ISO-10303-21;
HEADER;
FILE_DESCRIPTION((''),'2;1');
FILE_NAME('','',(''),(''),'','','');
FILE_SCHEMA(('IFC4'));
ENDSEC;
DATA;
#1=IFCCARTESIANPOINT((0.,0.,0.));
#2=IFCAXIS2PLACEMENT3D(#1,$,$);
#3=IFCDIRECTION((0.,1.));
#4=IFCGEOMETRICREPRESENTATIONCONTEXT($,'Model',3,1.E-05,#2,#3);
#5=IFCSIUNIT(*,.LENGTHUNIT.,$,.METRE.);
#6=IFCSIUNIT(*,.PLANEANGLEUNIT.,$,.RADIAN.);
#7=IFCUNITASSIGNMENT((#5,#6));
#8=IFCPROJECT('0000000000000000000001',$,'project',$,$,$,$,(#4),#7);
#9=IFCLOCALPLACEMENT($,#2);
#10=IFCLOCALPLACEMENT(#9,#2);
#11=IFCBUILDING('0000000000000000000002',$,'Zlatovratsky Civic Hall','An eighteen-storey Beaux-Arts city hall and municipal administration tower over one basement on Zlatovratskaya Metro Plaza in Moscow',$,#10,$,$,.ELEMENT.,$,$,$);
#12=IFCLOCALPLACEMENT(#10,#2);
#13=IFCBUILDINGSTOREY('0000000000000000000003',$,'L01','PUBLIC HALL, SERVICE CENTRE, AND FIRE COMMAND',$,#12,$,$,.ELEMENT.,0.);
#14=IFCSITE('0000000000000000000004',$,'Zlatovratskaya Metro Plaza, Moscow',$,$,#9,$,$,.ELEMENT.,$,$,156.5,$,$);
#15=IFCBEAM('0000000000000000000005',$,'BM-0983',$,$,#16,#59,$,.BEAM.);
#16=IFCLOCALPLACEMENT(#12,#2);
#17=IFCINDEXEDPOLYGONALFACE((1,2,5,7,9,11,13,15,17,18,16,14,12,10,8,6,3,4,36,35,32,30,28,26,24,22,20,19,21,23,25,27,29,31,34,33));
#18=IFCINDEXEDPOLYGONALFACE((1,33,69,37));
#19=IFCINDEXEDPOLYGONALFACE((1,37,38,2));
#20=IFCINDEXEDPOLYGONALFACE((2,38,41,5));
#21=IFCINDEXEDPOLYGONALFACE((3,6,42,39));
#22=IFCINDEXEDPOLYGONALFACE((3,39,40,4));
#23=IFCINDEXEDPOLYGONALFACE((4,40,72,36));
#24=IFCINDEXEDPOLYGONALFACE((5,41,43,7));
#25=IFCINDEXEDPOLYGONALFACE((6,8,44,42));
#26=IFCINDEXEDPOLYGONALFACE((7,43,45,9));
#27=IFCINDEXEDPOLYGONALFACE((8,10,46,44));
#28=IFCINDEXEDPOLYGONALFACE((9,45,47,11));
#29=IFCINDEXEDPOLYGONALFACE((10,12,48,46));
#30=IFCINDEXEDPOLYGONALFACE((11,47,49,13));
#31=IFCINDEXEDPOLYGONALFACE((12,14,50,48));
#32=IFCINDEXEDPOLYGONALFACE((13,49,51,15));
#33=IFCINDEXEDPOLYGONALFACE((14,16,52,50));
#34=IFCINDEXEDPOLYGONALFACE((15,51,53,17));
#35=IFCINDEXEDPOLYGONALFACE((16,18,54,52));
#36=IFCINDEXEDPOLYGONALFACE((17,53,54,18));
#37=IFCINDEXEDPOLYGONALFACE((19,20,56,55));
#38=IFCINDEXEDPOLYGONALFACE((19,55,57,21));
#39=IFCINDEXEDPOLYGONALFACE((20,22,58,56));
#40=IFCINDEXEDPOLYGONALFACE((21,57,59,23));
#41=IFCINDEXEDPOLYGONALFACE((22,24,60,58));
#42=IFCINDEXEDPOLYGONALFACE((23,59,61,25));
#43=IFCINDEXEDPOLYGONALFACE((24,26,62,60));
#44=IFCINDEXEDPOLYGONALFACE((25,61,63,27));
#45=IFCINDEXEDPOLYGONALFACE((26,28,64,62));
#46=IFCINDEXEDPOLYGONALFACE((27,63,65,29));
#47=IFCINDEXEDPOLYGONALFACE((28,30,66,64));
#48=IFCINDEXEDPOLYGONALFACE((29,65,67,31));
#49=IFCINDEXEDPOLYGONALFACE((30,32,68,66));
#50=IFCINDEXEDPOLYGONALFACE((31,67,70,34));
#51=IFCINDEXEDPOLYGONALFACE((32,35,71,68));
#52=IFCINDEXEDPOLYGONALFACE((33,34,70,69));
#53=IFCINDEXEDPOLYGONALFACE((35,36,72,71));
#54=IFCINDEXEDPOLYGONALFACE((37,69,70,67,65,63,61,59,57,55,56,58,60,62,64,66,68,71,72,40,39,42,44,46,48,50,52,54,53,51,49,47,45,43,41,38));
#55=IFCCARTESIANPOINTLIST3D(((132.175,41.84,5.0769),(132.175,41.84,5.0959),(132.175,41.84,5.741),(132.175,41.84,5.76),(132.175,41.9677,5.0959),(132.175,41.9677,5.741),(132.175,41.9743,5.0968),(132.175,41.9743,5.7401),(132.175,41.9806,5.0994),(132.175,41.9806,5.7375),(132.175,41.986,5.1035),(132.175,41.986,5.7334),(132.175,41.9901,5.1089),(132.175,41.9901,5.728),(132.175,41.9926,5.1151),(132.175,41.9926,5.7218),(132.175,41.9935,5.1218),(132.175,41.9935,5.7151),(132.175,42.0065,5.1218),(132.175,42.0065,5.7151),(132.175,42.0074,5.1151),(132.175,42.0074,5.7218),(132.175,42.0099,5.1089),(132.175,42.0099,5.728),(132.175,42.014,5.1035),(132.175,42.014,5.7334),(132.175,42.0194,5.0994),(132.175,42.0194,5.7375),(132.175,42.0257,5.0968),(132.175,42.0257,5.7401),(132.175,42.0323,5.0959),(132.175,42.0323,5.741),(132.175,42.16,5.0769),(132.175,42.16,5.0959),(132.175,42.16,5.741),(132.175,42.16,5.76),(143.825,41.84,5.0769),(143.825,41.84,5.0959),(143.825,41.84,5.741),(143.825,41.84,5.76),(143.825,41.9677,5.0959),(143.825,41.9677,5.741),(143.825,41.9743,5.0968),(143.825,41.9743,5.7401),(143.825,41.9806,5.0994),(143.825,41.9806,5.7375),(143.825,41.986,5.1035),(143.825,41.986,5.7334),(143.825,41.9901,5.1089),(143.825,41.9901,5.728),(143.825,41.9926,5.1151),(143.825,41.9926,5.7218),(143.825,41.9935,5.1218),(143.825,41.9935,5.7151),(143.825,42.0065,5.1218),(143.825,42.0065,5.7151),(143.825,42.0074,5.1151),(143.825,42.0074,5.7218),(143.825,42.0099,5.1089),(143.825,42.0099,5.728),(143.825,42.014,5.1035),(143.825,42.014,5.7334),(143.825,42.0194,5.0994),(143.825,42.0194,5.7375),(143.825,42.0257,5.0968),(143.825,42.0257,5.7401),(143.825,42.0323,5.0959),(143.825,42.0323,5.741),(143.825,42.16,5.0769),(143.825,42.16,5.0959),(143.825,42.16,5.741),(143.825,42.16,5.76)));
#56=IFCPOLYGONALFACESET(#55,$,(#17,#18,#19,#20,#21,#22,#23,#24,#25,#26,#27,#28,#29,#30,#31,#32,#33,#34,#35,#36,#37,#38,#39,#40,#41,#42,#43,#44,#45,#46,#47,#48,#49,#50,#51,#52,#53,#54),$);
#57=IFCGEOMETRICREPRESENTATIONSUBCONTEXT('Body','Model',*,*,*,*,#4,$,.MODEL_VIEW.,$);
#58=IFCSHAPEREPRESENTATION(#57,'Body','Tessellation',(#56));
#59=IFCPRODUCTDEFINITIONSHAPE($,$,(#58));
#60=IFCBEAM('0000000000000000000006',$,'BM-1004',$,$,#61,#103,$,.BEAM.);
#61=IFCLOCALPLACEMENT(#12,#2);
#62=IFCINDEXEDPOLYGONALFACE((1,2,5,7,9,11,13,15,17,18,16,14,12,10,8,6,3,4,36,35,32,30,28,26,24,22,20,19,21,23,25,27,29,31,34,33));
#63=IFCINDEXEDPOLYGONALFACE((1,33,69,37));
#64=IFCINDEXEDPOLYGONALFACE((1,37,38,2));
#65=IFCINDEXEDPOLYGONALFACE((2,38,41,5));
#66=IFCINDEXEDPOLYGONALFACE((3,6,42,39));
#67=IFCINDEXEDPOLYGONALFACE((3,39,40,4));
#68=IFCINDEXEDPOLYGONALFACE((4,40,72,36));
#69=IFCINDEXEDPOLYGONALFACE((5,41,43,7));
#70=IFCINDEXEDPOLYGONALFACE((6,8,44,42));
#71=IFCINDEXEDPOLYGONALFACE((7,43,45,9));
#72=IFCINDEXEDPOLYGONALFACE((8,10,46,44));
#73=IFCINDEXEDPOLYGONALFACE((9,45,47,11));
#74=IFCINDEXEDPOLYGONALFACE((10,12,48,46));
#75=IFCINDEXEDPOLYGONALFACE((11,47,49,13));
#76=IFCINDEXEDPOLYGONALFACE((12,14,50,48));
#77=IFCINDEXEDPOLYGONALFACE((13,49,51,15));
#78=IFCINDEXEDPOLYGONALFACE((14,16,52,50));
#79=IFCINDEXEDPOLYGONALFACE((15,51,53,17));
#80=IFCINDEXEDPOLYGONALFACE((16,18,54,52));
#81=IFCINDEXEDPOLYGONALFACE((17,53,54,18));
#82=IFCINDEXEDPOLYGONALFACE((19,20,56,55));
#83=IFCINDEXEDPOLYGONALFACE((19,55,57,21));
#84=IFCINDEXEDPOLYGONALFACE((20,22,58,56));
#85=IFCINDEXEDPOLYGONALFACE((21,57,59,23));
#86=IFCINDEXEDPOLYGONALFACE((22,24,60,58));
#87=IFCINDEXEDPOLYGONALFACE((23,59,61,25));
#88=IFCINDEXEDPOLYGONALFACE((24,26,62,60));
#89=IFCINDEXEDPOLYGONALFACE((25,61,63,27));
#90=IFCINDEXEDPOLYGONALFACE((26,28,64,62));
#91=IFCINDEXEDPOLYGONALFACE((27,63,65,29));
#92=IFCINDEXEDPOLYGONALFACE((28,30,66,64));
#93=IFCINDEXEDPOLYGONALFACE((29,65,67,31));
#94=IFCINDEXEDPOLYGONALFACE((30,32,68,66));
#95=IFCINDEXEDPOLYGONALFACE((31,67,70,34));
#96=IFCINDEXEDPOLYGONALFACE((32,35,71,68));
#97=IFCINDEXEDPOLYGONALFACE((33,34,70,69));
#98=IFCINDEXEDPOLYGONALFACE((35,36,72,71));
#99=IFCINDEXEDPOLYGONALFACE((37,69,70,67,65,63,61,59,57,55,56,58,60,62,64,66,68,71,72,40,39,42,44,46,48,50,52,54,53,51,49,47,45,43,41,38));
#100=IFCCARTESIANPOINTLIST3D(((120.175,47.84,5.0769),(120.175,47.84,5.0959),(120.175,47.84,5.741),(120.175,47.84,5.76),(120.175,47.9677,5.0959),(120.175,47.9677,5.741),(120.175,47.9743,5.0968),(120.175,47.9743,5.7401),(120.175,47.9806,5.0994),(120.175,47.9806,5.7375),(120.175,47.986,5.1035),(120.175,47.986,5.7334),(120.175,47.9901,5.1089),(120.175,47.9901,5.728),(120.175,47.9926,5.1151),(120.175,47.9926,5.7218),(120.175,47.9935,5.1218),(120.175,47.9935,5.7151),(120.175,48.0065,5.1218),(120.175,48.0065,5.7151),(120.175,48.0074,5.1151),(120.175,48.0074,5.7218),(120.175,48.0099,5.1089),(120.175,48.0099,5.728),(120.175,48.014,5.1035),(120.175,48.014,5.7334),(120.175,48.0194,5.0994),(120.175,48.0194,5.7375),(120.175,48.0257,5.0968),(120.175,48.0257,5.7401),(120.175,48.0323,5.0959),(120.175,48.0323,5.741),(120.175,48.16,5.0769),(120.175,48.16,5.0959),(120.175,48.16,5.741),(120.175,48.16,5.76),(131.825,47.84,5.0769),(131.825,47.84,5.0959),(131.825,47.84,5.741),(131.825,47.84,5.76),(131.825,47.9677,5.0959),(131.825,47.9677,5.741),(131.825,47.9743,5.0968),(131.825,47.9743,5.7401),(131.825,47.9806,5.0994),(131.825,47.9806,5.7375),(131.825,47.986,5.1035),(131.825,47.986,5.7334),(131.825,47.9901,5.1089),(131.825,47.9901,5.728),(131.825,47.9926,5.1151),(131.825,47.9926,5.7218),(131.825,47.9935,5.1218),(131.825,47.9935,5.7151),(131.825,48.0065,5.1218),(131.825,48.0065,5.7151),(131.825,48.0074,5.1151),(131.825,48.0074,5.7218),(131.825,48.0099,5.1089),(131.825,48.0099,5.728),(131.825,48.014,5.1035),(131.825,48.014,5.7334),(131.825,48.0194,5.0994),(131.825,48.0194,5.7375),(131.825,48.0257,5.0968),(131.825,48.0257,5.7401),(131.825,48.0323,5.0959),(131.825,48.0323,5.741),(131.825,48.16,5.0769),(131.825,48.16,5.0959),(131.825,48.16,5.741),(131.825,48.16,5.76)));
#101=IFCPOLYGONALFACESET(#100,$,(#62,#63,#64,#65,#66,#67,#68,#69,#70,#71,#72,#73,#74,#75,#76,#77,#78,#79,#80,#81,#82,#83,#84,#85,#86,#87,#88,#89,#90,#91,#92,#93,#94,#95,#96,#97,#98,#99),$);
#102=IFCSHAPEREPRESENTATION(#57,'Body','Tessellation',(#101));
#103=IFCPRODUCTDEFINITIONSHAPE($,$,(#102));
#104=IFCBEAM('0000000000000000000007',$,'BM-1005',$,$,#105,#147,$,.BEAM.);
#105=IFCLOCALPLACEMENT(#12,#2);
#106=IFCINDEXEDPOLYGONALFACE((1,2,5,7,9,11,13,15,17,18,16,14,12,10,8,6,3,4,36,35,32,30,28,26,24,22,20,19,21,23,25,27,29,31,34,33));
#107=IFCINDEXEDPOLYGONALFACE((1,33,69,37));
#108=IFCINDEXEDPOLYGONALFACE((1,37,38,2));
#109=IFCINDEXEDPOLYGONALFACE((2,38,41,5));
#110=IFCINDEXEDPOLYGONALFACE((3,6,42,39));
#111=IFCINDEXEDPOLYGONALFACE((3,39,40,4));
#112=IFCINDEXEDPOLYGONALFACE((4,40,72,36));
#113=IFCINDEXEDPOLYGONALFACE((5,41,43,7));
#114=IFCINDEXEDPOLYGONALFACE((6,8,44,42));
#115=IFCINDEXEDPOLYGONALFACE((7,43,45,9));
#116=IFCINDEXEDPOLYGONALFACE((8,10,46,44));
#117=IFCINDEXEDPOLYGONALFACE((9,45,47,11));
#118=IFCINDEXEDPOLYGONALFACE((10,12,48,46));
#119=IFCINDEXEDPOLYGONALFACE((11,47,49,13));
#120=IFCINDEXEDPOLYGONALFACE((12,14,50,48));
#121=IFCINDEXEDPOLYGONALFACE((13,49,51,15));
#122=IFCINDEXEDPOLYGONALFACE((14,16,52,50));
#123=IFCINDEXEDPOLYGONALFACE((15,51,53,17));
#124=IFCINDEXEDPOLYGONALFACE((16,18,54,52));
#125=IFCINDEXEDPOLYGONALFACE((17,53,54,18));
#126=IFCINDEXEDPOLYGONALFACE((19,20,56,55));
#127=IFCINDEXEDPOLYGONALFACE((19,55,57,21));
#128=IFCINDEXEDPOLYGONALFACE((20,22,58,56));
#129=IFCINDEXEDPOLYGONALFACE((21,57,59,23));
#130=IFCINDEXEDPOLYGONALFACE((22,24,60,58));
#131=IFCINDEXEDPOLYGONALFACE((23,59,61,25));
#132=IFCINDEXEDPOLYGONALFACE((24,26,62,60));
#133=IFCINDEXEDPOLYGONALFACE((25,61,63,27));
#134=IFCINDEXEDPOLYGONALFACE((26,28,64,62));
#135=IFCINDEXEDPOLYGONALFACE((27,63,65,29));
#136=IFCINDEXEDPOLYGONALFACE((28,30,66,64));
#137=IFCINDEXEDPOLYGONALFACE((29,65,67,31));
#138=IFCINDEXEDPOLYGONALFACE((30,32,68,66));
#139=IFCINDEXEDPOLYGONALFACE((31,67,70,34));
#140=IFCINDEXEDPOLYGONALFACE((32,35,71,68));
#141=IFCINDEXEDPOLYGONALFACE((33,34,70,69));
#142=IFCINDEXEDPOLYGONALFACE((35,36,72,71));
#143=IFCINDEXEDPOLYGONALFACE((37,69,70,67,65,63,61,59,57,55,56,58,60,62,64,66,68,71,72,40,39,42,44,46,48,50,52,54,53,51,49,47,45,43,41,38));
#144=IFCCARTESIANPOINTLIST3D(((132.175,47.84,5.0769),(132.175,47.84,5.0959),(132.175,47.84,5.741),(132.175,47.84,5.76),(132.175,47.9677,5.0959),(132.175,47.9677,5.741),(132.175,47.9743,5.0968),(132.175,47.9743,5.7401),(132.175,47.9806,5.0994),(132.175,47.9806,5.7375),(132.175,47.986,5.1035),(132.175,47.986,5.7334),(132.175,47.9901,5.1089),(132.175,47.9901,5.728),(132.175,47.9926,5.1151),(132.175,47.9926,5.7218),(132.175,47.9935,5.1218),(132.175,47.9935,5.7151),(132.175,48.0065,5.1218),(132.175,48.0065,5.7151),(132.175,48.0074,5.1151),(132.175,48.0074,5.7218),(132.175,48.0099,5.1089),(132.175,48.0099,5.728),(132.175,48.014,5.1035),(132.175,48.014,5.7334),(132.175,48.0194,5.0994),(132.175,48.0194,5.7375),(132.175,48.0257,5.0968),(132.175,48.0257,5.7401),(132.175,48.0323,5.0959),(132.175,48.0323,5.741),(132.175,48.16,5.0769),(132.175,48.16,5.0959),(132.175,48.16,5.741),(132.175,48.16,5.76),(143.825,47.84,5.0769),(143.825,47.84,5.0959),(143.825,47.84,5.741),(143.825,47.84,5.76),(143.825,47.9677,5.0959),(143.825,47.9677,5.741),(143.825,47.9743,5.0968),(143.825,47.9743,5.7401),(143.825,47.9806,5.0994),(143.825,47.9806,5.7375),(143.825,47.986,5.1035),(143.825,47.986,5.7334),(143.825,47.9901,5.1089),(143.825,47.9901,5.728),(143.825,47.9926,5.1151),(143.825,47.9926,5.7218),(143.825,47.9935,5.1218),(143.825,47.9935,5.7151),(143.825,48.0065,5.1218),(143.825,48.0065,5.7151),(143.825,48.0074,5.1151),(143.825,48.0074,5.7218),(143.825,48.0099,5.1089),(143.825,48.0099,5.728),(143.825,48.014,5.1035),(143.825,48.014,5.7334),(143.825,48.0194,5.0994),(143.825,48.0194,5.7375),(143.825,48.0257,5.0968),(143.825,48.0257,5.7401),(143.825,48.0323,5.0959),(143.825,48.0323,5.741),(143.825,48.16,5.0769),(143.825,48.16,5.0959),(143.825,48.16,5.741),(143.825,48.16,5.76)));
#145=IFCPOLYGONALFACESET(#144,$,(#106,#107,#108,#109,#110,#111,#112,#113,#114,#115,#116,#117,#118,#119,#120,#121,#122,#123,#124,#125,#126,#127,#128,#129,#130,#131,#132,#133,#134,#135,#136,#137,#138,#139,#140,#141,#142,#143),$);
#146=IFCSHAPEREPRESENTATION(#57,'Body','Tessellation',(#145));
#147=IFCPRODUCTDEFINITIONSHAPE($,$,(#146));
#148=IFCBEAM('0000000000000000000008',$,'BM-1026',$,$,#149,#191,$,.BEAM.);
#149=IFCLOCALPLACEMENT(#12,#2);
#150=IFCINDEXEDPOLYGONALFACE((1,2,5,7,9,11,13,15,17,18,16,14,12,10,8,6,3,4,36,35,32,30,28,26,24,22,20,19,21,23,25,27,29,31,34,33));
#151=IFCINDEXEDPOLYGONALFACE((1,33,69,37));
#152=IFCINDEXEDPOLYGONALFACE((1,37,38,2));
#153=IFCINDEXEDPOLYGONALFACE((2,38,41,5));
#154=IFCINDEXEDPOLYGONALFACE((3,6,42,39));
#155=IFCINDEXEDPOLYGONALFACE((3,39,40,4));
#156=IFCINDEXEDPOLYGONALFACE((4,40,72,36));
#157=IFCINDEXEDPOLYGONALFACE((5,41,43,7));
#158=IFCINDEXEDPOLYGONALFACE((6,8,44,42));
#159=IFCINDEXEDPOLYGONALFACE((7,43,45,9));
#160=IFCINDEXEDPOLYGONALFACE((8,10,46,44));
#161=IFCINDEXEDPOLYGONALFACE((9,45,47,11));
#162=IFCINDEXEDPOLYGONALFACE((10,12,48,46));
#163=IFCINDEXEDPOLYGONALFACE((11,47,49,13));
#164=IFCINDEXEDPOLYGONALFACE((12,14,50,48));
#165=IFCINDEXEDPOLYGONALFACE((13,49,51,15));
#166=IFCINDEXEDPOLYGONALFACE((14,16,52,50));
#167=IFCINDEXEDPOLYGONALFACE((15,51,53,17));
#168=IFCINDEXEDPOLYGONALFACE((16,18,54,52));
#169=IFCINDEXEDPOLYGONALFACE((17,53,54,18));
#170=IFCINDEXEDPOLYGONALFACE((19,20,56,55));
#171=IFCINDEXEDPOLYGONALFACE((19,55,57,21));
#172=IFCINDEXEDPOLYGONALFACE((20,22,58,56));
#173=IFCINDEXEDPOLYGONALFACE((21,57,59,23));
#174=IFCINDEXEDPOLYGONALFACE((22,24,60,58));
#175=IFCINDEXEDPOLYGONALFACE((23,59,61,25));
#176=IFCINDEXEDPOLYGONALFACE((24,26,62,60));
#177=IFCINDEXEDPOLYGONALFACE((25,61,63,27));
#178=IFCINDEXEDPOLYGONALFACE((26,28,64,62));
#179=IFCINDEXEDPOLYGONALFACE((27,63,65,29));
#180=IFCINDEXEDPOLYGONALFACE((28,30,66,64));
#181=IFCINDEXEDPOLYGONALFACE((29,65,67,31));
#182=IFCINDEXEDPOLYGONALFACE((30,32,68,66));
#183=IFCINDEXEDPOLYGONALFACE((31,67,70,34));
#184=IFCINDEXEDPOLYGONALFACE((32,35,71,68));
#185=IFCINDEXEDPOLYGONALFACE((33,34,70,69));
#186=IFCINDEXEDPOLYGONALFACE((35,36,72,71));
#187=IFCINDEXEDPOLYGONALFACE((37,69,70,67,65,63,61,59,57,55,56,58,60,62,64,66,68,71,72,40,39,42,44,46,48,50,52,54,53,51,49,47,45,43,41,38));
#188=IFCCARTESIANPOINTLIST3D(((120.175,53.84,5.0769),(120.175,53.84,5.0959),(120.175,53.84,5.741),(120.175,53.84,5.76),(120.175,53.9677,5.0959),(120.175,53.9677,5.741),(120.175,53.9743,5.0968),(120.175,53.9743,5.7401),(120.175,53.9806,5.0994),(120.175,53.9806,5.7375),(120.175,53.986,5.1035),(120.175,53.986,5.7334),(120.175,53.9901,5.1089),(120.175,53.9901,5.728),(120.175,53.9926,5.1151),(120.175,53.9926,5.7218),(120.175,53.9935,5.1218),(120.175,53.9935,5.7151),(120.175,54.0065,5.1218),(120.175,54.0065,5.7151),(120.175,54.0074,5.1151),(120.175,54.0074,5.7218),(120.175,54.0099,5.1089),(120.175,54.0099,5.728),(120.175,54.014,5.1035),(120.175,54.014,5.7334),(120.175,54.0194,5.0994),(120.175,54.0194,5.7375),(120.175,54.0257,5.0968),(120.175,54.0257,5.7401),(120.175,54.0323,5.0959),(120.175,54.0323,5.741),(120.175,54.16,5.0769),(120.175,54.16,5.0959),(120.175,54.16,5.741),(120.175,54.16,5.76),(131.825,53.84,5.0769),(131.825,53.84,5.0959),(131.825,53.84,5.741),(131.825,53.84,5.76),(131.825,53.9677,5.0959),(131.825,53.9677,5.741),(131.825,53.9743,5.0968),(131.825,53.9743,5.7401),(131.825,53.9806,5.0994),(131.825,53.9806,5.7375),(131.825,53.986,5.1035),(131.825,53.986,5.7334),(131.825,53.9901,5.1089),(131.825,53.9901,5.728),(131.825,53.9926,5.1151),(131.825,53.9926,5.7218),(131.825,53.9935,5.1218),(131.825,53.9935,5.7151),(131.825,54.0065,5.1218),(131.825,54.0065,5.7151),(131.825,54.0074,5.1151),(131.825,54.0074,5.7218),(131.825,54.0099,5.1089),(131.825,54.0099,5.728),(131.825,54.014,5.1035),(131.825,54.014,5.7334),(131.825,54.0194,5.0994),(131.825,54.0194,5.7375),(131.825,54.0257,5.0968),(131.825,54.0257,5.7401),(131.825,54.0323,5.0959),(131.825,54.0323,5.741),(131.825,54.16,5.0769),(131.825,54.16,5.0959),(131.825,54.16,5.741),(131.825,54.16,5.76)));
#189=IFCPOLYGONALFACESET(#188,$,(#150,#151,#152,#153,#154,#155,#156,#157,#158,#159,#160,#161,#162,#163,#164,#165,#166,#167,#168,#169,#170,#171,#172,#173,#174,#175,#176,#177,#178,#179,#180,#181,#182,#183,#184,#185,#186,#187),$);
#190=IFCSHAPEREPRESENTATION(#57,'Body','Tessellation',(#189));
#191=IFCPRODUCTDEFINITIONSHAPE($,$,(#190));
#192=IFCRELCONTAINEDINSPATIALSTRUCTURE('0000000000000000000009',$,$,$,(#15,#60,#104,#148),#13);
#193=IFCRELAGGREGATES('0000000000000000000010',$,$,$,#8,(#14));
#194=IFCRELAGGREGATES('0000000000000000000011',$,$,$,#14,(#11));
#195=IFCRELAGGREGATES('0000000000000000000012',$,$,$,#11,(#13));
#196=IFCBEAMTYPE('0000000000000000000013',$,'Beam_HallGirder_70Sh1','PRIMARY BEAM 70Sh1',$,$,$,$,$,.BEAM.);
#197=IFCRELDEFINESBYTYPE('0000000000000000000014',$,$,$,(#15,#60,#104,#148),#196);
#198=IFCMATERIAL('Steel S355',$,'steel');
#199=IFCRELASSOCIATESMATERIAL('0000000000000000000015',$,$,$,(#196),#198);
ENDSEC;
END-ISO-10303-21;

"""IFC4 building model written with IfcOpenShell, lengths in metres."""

from ifc_helpers import new_model, si_unit, direction, frame, origin, origin_2d, place, context, subcontext, project, spatial, i_section, extrude, material, material_profile, profile_set, type_object, element, save


model = new_model("IFC4")

# Units and contexts
model_context = context("Model", 3, precision=1e-05, world=origin(), true_north=direction((0.0, 1.0)))
body_context = subcontext(model_context, "Body", "Model", "MODEL_VIEW")
ifc_project = project(units=[si_unit("LENGTHUNIT", "METRE"), si_unit("PLANEANGLEUNIT", "RADIAN")], contexts=[model_context])

# Site, building, storey
site_placement = place(None, origin())
site = spatial("IfcSite", under=ifc_project, at=site_placement, Name="Zlatovratskaya Metro Plaza, Moscow", CompositionType="ELEMENT", RefElevation=156.5)
building_placement = place(site_placement, origin())
building = spatial("IfcBuilding", under=site, at=building_placement, Name="Zlatovratsky Civic Hall", Description="An eighteen-storey Beaux-Arts city hall and municipal administration tower over one basement on Zlatovratskaya Metro Plaza in Moscow", CompositionType="ELEMENT")
storey_placement = place(building_placement, origin())
storey = spatial("IfcBuildingStorey", under=building, at=storey_placement, Name="L01", Description="PUBLIC HALL, SERVICE CENTRE, AND FIRE COMMAND", CompositionType="ELEMENT", Elevation=0.0)

# Shared definitions
ifc_material = material(Name="Steel S355", Category="steel")

# Beams
ifc_material_profile_1 = material_profile(ifc_material, i_section(OverallWidth=0.3201, OverallDepth=0.6831, WebThickness=0.0129, FlangeThickness=0.019, FilletRadius=0.0259, at=origin_2d()), Name="70Sh1")
ifc_profile_set_1 = profile_set([ifc_material_profile_1], Name="Steel S355")
beam_type_1 = type_object("IfcBeamType", Name="Beam_HallGirder_70Sh1", Description="PRIMARY BEAM 70Sh1", PredefinedType="BEAM", material=ifc_profile_set_1)
for number, where, z_axis, x_axis, name in (
    (1, (132.175, 42.0, 5.4185), (1.0, 0.0, 0.0), (0.0, 1.0, 0.0), "BM-0983"),
    (2, (120.175, 48.0, 5.4185), (1.0, 0.0, 0.0), (0.0, 1.0, 0.0), "BM-1004"),
    (3, (132.175, 48.0, 5.4185), (1.0, 0.0, 0.0), (0.0, 1.0, 0.0), "BM-1005"),
    (4, (120.175, 54.0, 5.4185), (1.0, 0.0, 0.0), (0.0, 1.0, 0.0), "BM-1026"),
):
    element("IfcBeam", number, at=place(storey_placement, frame(where, z_axis=z_axis, x_axis=x_axis)), inside=storey, type_object=beam_type_1, Name=name, PredefinedType="BEAM", context=body_context, shape_type="SweptSolid", body=[
        extrude(i_section(OverallWidth=0.3201, OverallDepth=0.6831, WebThickness=0.0129, FlangeThickness=0.019, FilletRadius=0.0259, at=origin_2d()), origin(), (0.0, 0.0, 1.0), 11.6499),
    ])

save(model, "model.ifc")
